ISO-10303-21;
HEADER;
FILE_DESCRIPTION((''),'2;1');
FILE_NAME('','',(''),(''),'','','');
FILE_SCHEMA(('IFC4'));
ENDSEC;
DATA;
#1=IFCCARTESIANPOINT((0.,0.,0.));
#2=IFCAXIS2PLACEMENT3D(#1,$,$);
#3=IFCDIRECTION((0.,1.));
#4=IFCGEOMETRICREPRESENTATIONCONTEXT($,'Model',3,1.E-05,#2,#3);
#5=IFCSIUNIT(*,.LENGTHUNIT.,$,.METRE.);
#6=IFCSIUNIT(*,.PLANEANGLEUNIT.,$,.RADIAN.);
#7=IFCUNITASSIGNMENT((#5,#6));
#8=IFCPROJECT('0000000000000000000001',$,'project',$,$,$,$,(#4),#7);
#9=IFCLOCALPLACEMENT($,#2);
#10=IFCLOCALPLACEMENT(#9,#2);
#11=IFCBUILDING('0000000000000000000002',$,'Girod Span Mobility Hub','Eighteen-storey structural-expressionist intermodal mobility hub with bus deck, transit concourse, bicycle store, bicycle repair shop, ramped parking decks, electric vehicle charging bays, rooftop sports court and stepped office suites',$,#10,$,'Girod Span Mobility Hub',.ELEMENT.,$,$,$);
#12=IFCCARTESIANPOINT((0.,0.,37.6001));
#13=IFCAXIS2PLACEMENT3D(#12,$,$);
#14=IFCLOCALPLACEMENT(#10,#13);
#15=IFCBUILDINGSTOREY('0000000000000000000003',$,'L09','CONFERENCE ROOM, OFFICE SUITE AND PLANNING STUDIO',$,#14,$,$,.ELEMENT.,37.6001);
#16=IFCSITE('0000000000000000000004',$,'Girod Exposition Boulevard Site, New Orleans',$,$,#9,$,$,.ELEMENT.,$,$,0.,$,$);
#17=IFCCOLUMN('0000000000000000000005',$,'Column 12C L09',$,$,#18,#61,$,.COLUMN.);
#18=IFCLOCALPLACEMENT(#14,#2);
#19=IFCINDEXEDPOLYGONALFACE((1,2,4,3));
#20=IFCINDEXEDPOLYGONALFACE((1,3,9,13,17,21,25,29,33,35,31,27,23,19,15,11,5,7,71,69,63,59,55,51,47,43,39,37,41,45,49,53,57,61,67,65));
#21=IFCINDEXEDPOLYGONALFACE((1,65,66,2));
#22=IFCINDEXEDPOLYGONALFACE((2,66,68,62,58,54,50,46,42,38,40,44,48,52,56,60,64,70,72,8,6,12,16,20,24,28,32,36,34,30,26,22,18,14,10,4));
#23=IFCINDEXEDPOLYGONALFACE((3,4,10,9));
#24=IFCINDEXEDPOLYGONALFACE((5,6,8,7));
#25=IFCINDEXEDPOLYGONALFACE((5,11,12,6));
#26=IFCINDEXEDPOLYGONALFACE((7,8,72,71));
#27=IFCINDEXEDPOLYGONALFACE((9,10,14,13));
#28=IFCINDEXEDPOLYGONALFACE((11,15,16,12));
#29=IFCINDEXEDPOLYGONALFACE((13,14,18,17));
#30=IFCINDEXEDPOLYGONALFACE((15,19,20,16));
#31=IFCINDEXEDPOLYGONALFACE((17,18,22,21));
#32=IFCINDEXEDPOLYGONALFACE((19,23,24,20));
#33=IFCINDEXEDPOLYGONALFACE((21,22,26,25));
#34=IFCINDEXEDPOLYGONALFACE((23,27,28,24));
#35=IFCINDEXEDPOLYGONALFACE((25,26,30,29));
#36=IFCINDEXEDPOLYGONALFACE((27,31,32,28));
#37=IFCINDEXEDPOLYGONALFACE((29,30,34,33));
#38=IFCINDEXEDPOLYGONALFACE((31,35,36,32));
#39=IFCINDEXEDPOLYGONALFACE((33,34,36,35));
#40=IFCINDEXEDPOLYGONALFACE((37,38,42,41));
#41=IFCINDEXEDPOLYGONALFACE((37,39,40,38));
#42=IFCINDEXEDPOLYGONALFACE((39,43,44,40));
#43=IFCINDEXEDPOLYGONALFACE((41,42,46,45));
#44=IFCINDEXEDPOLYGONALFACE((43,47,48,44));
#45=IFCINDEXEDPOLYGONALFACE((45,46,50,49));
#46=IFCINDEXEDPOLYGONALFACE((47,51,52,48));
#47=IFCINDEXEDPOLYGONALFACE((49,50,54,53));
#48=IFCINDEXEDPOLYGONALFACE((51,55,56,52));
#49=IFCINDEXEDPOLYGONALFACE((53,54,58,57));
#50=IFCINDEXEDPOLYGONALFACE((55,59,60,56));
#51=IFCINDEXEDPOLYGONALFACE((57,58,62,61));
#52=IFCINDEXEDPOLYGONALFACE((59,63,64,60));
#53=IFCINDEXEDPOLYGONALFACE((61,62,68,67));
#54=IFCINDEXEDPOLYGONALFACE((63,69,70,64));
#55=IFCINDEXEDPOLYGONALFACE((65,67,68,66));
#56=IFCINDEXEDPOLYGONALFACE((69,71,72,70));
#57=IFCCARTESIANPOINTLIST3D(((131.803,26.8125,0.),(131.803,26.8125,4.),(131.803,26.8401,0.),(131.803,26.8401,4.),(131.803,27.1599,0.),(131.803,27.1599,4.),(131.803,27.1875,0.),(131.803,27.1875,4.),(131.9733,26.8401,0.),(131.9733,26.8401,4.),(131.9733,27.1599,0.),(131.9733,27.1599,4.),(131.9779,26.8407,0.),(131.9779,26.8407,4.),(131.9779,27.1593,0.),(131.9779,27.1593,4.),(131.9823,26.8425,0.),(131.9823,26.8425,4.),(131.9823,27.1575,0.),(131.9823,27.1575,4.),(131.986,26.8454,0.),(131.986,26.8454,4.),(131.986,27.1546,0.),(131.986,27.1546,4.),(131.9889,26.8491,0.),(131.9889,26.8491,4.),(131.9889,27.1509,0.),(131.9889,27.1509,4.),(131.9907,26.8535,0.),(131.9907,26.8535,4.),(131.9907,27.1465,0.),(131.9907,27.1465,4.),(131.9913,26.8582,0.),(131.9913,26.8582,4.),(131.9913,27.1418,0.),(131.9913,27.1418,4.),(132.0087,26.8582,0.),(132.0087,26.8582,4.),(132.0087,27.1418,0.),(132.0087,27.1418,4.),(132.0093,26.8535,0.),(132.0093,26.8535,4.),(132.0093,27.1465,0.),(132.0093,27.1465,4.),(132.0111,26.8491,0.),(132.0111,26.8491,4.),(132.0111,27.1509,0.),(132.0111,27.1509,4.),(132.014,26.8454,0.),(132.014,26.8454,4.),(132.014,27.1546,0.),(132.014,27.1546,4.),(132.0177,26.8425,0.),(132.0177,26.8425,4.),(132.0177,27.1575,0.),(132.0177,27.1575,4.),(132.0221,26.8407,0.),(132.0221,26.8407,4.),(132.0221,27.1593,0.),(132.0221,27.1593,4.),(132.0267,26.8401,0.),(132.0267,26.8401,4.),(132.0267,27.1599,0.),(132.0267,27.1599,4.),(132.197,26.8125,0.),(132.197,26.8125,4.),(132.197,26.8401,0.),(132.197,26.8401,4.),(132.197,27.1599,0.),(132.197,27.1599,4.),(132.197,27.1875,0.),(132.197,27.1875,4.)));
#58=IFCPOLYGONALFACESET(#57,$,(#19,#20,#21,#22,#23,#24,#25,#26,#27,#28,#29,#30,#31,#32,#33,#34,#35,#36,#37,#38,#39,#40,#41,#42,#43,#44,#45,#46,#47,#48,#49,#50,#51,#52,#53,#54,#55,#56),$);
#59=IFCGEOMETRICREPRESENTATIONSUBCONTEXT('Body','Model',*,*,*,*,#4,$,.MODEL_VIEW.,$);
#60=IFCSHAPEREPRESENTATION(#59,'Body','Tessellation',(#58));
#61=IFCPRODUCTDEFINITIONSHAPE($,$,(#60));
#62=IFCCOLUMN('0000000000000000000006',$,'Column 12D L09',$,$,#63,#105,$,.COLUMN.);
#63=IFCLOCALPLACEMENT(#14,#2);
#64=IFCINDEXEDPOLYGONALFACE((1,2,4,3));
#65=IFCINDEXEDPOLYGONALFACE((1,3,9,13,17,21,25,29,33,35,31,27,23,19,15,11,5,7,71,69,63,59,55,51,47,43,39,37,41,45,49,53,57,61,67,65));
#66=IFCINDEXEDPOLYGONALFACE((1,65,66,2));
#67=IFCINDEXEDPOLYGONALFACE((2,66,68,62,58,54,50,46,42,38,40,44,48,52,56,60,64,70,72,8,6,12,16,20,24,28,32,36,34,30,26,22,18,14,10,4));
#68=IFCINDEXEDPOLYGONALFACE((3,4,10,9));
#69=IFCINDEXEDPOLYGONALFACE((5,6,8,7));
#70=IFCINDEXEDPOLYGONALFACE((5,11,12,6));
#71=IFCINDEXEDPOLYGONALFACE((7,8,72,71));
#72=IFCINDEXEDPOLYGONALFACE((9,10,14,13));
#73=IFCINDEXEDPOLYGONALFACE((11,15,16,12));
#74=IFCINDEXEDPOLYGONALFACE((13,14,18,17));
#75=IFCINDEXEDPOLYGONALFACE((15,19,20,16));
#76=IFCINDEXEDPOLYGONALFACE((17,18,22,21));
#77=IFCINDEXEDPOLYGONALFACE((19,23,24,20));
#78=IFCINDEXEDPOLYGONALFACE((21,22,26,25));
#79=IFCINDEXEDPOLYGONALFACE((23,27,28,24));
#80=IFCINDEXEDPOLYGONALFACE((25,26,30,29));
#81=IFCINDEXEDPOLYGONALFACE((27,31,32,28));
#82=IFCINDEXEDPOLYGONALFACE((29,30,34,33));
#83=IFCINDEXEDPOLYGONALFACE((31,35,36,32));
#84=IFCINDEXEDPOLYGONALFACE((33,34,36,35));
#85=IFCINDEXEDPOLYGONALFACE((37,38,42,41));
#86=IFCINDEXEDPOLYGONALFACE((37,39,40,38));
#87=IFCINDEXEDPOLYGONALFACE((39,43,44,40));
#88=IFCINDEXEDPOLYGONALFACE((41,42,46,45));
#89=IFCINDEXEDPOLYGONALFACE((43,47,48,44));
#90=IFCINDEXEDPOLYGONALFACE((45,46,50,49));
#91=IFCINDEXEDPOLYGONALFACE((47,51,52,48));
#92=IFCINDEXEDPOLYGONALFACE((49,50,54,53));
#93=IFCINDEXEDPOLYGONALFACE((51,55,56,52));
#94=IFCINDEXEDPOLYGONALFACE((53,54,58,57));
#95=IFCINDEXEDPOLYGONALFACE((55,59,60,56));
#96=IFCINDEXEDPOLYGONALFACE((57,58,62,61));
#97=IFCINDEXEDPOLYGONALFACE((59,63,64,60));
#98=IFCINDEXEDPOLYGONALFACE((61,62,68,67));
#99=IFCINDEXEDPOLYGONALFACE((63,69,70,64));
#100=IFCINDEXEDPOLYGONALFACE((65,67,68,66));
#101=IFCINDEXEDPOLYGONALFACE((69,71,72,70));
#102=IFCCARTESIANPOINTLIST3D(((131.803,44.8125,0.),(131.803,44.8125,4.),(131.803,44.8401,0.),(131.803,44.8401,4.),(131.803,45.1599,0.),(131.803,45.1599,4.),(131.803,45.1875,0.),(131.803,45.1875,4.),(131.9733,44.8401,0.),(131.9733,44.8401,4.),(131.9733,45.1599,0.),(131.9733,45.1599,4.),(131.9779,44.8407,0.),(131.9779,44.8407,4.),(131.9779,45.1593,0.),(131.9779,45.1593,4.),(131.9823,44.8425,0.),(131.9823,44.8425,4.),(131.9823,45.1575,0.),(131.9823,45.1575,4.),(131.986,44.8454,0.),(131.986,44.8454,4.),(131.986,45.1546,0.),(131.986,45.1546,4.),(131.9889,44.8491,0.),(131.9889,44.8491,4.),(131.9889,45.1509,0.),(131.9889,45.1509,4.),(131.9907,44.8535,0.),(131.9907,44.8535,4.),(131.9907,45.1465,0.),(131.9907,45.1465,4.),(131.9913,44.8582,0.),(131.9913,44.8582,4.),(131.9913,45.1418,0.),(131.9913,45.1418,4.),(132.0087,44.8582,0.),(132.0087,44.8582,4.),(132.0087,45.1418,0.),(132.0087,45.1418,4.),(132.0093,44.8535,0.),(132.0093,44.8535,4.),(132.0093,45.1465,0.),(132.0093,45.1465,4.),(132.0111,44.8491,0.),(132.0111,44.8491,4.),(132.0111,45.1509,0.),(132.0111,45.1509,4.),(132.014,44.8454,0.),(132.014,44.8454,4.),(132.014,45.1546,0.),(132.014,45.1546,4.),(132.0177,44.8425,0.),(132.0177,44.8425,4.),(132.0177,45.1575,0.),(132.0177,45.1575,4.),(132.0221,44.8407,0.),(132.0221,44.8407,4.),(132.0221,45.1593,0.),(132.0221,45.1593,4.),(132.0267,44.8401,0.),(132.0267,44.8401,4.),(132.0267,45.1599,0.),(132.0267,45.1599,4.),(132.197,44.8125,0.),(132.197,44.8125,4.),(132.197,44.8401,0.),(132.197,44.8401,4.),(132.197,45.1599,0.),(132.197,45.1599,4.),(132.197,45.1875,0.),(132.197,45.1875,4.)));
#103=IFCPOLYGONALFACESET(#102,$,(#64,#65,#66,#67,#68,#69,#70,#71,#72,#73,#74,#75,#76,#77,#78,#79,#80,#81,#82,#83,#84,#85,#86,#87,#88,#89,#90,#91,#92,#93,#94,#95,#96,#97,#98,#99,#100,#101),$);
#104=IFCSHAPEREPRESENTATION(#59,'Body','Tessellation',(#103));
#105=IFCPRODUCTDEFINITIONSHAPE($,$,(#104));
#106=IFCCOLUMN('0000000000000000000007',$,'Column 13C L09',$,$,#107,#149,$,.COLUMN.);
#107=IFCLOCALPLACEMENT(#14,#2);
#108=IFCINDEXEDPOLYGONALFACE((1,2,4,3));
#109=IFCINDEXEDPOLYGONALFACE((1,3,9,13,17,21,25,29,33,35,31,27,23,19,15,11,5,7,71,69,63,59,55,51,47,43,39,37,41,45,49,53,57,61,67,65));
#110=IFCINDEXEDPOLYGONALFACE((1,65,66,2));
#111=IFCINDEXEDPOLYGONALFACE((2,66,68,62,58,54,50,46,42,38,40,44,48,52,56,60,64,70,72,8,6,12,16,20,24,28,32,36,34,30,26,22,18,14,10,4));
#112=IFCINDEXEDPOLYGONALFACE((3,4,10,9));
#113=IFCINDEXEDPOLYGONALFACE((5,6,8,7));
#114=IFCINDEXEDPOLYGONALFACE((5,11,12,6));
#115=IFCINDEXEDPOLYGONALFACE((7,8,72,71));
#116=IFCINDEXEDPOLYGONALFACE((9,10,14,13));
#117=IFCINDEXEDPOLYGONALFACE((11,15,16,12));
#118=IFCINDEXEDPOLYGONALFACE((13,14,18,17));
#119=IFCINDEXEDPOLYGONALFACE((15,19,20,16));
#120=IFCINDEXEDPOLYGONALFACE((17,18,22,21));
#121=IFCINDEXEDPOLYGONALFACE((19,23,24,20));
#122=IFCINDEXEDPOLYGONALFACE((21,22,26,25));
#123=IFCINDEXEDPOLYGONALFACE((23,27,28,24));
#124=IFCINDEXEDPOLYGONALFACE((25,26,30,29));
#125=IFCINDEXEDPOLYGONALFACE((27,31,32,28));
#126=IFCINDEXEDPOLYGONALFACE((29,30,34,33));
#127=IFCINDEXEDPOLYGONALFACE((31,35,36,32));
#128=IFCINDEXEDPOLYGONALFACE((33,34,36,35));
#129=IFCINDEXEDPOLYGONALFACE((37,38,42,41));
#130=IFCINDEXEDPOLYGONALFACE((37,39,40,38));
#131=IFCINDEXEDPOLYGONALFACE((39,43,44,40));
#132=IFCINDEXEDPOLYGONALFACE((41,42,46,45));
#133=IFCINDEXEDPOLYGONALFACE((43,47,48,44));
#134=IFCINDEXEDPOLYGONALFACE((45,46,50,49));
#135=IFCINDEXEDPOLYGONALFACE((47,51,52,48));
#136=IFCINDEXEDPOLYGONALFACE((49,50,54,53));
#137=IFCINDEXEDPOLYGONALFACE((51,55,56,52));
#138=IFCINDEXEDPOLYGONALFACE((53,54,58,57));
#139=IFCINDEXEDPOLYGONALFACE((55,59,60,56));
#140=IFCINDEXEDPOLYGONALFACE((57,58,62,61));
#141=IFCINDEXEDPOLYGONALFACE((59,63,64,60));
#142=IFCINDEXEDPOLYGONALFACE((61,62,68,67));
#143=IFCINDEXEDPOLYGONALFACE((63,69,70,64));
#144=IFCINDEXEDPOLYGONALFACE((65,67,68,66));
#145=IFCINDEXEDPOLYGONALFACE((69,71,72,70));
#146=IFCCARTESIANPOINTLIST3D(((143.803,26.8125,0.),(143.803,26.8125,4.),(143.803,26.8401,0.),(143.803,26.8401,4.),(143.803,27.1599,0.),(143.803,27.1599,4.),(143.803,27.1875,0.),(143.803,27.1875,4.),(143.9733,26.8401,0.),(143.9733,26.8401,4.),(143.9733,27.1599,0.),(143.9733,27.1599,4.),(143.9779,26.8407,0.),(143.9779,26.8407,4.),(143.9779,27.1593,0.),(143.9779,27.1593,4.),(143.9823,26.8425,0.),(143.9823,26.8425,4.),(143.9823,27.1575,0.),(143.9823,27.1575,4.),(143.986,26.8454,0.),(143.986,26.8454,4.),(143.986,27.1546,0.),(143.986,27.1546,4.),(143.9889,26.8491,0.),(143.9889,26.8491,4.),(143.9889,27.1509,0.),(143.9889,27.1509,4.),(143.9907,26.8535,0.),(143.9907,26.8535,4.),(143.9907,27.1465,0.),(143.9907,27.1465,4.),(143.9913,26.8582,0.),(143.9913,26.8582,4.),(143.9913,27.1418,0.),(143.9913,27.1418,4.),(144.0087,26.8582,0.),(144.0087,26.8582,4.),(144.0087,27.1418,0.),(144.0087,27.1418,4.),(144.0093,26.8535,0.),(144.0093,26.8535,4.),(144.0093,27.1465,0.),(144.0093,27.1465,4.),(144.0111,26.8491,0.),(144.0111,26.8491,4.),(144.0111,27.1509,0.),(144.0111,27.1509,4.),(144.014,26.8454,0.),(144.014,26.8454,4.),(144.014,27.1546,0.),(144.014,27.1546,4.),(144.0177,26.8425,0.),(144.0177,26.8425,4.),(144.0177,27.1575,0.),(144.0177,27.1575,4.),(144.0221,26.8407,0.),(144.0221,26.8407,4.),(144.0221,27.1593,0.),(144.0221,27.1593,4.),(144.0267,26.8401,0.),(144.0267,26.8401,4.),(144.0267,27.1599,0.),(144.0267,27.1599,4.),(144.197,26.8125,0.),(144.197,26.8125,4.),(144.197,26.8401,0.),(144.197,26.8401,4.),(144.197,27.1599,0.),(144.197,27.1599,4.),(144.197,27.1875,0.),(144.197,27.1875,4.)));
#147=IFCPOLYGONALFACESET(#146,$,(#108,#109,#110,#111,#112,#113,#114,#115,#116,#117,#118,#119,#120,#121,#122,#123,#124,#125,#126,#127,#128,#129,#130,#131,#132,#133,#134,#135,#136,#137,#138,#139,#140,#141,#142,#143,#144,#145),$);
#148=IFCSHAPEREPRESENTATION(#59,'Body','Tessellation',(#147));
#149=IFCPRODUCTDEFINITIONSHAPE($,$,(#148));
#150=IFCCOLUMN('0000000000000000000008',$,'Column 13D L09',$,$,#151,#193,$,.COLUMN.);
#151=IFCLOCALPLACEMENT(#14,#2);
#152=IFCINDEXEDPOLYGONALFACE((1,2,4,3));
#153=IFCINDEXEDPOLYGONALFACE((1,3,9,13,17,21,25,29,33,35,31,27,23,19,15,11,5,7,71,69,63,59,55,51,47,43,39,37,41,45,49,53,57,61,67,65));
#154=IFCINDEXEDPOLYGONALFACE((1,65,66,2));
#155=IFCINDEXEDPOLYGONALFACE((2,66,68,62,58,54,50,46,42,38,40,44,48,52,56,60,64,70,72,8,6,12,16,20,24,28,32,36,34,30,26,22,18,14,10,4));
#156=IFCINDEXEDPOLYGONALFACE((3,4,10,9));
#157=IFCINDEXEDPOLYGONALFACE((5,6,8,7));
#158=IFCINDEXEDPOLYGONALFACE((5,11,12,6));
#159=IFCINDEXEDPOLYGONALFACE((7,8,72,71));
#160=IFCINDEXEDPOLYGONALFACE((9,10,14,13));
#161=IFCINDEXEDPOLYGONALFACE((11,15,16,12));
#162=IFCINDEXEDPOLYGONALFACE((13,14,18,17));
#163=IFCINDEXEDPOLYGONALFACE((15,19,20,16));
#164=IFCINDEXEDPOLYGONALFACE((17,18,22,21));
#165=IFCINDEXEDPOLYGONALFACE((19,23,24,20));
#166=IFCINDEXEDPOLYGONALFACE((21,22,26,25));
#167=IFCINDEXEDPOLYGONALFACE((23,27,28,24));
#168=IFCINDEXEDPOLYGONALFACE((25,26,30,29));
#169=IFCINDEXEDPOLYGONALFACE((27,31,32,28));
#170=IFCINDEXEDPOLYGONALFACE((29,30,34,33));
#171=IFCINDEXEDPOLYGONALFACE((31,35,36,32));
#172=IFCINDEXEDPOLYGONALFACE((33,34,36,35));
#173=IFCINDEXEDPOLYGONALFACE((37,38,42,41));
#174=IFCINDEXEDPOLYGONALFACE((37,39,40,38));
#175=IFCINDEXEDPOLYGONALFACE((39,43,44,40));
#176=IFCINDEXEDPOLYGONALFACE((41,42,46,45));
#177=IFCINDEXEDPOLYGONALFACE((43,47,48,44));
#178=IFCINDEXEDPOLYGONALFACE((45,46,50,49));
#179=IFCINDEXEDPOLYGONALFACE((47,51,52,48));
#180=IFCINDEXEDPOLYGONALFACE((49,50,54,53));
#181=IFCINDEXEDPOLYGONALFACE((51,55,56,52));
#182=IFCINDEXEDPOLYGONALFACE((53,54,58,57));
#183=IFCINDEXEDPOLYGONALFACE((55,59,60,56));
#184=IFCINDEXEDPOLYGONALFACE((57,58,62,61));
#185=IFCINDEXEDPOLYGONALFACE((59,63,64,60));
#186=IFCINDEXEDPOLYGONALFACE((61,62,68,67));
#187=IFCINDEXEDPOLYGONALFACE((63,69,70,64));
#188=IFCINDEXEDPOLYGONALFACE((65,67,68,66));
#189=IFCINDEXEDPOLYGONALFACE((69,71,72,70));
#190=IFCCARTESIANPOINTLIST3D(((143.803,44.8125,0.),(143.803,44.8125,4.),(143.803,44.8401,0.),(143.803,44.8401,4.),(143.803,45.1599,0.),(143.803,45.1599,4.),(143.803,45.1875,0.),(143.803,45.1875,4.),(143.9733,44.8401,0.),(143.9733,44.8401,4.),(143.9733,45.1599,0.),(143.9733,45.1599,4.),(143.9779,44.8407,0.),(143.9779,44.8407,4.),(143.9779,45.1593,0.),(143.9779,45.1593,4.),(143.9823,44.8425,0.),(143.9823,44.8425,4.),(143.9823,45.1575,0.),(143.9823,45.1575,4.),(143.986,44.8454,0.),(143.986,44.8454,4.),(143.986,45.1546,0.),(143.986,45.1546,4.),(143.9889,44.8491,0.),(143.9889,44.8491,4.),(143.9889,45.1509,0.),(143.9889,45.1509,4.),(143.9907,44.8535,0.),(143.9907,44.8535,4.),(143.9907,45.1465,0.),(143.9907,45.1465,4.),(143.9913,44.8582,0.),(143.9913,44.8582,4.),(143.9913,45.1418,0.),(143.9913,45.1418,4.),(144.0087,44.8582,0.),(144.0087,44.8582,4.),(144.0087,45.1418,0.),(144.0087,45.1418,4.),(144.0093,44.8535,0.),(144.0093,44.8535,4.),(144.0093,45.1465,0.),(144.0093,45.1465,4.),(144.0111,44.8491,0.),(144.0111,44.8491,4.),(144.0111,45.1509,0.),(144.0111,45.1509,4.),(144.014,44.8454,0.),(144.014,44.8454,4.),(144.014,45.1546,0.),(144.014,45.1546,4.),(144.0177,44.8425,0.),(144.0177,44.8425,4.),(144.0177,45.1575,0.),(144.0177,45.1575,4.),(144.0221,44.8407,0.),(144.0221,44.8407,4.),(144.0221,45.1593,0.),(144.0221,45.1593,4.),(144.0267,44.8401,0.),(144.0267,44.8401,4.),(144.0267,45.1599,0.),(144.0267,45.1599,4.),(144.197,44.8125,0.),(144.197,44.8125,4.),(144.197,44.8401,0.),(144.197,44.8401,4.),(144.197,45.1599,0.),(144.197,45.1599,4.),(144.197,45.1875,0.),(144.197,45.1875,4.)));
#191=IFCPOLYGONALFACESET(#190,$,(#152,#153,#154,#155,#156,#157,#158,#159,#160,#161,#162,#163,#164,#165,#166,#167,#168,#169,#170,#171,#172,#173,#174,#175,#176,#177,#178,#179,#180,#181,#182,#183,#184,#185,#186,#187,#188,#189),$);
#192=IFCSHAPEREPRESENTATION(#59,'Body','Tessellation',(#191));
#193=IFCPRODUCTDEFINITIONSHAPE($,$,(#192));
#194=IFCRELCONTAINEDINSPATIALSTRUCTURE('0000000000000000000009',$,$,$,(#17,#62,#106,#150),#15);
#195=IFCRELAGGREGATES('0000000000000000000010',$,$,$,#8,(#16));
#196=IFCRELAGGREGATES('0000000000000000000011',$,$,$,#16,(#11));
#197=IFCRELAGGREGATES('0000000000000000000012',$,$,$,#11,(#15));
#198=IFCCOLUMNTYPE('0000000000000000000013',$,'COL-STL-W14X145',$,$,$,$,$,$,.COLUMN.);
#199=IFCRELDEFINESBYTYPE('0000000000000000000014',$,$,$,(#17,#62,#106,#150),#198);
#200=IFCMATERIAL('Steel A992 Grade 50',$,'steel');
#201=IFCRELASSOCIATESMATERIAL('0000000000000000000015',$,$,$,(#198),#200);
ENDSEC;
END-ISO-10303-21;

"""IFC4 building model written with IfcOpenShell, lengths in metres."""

from ifc_helpers import new_model, si_unit, direction, frame, origin, origin_2d, place, context, subcontext, project, spatial, i_section, extrude, material, material_profile, profile_set, type_object, element, save


model = new_model("IFC4")

# Units and contexts
model_context = context("Model", 3, precision=1e-05, world=origin(), true_north=direction((0.0, 1.0)))
body_context = subcontext(model_context, "Body", "Model", "MODEL_VIEW")
ifc_project = project(units=[si_unit("LENGTHUNIT", "METRE"), si_unit("PLANEANGLEUNIT", "RADIAN")], contexts=[model_context])

# Site, building, storey
site_placement = place(None, origin())
site = spatial("IfcSite", under=ifc_project, at=site_placement, Name="Girod Exposition Boulevard Site, New Orleans", CompositionType="ELEMENT", RefElevation=0.0)
building_placement = place(site_placement, origin())
building = spatial("IfcBuilding", under=site, at=building_placement, Name="Girod Span Mobility Hub", Description="Eighteen-storey structural-expressionist intermodal mobility hub with bus deck, transit concourse, bicycle store, bicycle repair shop, ramped parking decks, electric vehicle charging bays, rooftop sports court and stepped office suites", LongName="Girod Span Mobility Hub", CompositionType="ELEMENT")
storey_placement = place(building_placement, frame((0.0, 0.0, 37.6001)))
storey = spatial("IfcBuildingStorey", under=building, at=storey_placement, Name="L09", Description="CONFERENCE ROOM, OFFICE SUITE AND PLANNING STUDIO", CompositionType="ELEMENT", Elevation=37.6001)

# Columns
ifc_material_1 = material(Name="Steel A992 Grade 50", Category="steel")
ifc_material_profile_1 = material_profile(ifc_material_1, i_section(OverallWidth=0.394, OverallDepth=0.375, WebThickness=0.0173, FlangeThickness=0.0276, FilletRadius=0.0181, at=origin_2d()), Name="W14X145")
ifc_profile_set_1 = profile_set([ifc_material_profile_1], Name="Steel A992 Grade 50")
column_type = type_object("IfcColumnType", Name="COL-STL-W14X145", PredefinedType="COLUMN", material=ifc_profile_set_1)
for number, where, z_axis, x_axis, name in (
    (1, (132.0, 27.0, 0.0), (0.0, 0.0, 1.0), (1.0, 0.0, 0.0), "Column 12C L09"),
    (2, (132.0, 45.0, 0.0), (0.0, 0.0, 1.0), (1.0, 0.0, 0.0), "Column 12D L09"),
    (3, (144.0, 27.0, 0.0), (0.0, 0.0, 1.0), (1.0, 0.0, 0.0), "Column 13C L09"),
    (4, (144.0, 45.0, 0.0), (0.0, 0.0, 1.0), (1.0, 0.0, 0.0), "Column 13D L09"),
):
    element("IfcColumn", number, at=place(storey_placement, frame(where, z_axis=z_axis, x_axis=x_axis)), inside=storey, type_object=column_type, Name=name, PredefinedType="COLUMN", context=body_context, shape_type="SweptSolid", body=[
        extrude(i_section(OverallWidth=0.394, OverallDepth=0.375, WebThickness=0.0173, FlangeThickness=0.0276, FilletRadius=0.0181, at=origin_2d()), origin(), (0.0, 0.0, 1.0), 4.0),
    ])

save(model, "model.ifc")
